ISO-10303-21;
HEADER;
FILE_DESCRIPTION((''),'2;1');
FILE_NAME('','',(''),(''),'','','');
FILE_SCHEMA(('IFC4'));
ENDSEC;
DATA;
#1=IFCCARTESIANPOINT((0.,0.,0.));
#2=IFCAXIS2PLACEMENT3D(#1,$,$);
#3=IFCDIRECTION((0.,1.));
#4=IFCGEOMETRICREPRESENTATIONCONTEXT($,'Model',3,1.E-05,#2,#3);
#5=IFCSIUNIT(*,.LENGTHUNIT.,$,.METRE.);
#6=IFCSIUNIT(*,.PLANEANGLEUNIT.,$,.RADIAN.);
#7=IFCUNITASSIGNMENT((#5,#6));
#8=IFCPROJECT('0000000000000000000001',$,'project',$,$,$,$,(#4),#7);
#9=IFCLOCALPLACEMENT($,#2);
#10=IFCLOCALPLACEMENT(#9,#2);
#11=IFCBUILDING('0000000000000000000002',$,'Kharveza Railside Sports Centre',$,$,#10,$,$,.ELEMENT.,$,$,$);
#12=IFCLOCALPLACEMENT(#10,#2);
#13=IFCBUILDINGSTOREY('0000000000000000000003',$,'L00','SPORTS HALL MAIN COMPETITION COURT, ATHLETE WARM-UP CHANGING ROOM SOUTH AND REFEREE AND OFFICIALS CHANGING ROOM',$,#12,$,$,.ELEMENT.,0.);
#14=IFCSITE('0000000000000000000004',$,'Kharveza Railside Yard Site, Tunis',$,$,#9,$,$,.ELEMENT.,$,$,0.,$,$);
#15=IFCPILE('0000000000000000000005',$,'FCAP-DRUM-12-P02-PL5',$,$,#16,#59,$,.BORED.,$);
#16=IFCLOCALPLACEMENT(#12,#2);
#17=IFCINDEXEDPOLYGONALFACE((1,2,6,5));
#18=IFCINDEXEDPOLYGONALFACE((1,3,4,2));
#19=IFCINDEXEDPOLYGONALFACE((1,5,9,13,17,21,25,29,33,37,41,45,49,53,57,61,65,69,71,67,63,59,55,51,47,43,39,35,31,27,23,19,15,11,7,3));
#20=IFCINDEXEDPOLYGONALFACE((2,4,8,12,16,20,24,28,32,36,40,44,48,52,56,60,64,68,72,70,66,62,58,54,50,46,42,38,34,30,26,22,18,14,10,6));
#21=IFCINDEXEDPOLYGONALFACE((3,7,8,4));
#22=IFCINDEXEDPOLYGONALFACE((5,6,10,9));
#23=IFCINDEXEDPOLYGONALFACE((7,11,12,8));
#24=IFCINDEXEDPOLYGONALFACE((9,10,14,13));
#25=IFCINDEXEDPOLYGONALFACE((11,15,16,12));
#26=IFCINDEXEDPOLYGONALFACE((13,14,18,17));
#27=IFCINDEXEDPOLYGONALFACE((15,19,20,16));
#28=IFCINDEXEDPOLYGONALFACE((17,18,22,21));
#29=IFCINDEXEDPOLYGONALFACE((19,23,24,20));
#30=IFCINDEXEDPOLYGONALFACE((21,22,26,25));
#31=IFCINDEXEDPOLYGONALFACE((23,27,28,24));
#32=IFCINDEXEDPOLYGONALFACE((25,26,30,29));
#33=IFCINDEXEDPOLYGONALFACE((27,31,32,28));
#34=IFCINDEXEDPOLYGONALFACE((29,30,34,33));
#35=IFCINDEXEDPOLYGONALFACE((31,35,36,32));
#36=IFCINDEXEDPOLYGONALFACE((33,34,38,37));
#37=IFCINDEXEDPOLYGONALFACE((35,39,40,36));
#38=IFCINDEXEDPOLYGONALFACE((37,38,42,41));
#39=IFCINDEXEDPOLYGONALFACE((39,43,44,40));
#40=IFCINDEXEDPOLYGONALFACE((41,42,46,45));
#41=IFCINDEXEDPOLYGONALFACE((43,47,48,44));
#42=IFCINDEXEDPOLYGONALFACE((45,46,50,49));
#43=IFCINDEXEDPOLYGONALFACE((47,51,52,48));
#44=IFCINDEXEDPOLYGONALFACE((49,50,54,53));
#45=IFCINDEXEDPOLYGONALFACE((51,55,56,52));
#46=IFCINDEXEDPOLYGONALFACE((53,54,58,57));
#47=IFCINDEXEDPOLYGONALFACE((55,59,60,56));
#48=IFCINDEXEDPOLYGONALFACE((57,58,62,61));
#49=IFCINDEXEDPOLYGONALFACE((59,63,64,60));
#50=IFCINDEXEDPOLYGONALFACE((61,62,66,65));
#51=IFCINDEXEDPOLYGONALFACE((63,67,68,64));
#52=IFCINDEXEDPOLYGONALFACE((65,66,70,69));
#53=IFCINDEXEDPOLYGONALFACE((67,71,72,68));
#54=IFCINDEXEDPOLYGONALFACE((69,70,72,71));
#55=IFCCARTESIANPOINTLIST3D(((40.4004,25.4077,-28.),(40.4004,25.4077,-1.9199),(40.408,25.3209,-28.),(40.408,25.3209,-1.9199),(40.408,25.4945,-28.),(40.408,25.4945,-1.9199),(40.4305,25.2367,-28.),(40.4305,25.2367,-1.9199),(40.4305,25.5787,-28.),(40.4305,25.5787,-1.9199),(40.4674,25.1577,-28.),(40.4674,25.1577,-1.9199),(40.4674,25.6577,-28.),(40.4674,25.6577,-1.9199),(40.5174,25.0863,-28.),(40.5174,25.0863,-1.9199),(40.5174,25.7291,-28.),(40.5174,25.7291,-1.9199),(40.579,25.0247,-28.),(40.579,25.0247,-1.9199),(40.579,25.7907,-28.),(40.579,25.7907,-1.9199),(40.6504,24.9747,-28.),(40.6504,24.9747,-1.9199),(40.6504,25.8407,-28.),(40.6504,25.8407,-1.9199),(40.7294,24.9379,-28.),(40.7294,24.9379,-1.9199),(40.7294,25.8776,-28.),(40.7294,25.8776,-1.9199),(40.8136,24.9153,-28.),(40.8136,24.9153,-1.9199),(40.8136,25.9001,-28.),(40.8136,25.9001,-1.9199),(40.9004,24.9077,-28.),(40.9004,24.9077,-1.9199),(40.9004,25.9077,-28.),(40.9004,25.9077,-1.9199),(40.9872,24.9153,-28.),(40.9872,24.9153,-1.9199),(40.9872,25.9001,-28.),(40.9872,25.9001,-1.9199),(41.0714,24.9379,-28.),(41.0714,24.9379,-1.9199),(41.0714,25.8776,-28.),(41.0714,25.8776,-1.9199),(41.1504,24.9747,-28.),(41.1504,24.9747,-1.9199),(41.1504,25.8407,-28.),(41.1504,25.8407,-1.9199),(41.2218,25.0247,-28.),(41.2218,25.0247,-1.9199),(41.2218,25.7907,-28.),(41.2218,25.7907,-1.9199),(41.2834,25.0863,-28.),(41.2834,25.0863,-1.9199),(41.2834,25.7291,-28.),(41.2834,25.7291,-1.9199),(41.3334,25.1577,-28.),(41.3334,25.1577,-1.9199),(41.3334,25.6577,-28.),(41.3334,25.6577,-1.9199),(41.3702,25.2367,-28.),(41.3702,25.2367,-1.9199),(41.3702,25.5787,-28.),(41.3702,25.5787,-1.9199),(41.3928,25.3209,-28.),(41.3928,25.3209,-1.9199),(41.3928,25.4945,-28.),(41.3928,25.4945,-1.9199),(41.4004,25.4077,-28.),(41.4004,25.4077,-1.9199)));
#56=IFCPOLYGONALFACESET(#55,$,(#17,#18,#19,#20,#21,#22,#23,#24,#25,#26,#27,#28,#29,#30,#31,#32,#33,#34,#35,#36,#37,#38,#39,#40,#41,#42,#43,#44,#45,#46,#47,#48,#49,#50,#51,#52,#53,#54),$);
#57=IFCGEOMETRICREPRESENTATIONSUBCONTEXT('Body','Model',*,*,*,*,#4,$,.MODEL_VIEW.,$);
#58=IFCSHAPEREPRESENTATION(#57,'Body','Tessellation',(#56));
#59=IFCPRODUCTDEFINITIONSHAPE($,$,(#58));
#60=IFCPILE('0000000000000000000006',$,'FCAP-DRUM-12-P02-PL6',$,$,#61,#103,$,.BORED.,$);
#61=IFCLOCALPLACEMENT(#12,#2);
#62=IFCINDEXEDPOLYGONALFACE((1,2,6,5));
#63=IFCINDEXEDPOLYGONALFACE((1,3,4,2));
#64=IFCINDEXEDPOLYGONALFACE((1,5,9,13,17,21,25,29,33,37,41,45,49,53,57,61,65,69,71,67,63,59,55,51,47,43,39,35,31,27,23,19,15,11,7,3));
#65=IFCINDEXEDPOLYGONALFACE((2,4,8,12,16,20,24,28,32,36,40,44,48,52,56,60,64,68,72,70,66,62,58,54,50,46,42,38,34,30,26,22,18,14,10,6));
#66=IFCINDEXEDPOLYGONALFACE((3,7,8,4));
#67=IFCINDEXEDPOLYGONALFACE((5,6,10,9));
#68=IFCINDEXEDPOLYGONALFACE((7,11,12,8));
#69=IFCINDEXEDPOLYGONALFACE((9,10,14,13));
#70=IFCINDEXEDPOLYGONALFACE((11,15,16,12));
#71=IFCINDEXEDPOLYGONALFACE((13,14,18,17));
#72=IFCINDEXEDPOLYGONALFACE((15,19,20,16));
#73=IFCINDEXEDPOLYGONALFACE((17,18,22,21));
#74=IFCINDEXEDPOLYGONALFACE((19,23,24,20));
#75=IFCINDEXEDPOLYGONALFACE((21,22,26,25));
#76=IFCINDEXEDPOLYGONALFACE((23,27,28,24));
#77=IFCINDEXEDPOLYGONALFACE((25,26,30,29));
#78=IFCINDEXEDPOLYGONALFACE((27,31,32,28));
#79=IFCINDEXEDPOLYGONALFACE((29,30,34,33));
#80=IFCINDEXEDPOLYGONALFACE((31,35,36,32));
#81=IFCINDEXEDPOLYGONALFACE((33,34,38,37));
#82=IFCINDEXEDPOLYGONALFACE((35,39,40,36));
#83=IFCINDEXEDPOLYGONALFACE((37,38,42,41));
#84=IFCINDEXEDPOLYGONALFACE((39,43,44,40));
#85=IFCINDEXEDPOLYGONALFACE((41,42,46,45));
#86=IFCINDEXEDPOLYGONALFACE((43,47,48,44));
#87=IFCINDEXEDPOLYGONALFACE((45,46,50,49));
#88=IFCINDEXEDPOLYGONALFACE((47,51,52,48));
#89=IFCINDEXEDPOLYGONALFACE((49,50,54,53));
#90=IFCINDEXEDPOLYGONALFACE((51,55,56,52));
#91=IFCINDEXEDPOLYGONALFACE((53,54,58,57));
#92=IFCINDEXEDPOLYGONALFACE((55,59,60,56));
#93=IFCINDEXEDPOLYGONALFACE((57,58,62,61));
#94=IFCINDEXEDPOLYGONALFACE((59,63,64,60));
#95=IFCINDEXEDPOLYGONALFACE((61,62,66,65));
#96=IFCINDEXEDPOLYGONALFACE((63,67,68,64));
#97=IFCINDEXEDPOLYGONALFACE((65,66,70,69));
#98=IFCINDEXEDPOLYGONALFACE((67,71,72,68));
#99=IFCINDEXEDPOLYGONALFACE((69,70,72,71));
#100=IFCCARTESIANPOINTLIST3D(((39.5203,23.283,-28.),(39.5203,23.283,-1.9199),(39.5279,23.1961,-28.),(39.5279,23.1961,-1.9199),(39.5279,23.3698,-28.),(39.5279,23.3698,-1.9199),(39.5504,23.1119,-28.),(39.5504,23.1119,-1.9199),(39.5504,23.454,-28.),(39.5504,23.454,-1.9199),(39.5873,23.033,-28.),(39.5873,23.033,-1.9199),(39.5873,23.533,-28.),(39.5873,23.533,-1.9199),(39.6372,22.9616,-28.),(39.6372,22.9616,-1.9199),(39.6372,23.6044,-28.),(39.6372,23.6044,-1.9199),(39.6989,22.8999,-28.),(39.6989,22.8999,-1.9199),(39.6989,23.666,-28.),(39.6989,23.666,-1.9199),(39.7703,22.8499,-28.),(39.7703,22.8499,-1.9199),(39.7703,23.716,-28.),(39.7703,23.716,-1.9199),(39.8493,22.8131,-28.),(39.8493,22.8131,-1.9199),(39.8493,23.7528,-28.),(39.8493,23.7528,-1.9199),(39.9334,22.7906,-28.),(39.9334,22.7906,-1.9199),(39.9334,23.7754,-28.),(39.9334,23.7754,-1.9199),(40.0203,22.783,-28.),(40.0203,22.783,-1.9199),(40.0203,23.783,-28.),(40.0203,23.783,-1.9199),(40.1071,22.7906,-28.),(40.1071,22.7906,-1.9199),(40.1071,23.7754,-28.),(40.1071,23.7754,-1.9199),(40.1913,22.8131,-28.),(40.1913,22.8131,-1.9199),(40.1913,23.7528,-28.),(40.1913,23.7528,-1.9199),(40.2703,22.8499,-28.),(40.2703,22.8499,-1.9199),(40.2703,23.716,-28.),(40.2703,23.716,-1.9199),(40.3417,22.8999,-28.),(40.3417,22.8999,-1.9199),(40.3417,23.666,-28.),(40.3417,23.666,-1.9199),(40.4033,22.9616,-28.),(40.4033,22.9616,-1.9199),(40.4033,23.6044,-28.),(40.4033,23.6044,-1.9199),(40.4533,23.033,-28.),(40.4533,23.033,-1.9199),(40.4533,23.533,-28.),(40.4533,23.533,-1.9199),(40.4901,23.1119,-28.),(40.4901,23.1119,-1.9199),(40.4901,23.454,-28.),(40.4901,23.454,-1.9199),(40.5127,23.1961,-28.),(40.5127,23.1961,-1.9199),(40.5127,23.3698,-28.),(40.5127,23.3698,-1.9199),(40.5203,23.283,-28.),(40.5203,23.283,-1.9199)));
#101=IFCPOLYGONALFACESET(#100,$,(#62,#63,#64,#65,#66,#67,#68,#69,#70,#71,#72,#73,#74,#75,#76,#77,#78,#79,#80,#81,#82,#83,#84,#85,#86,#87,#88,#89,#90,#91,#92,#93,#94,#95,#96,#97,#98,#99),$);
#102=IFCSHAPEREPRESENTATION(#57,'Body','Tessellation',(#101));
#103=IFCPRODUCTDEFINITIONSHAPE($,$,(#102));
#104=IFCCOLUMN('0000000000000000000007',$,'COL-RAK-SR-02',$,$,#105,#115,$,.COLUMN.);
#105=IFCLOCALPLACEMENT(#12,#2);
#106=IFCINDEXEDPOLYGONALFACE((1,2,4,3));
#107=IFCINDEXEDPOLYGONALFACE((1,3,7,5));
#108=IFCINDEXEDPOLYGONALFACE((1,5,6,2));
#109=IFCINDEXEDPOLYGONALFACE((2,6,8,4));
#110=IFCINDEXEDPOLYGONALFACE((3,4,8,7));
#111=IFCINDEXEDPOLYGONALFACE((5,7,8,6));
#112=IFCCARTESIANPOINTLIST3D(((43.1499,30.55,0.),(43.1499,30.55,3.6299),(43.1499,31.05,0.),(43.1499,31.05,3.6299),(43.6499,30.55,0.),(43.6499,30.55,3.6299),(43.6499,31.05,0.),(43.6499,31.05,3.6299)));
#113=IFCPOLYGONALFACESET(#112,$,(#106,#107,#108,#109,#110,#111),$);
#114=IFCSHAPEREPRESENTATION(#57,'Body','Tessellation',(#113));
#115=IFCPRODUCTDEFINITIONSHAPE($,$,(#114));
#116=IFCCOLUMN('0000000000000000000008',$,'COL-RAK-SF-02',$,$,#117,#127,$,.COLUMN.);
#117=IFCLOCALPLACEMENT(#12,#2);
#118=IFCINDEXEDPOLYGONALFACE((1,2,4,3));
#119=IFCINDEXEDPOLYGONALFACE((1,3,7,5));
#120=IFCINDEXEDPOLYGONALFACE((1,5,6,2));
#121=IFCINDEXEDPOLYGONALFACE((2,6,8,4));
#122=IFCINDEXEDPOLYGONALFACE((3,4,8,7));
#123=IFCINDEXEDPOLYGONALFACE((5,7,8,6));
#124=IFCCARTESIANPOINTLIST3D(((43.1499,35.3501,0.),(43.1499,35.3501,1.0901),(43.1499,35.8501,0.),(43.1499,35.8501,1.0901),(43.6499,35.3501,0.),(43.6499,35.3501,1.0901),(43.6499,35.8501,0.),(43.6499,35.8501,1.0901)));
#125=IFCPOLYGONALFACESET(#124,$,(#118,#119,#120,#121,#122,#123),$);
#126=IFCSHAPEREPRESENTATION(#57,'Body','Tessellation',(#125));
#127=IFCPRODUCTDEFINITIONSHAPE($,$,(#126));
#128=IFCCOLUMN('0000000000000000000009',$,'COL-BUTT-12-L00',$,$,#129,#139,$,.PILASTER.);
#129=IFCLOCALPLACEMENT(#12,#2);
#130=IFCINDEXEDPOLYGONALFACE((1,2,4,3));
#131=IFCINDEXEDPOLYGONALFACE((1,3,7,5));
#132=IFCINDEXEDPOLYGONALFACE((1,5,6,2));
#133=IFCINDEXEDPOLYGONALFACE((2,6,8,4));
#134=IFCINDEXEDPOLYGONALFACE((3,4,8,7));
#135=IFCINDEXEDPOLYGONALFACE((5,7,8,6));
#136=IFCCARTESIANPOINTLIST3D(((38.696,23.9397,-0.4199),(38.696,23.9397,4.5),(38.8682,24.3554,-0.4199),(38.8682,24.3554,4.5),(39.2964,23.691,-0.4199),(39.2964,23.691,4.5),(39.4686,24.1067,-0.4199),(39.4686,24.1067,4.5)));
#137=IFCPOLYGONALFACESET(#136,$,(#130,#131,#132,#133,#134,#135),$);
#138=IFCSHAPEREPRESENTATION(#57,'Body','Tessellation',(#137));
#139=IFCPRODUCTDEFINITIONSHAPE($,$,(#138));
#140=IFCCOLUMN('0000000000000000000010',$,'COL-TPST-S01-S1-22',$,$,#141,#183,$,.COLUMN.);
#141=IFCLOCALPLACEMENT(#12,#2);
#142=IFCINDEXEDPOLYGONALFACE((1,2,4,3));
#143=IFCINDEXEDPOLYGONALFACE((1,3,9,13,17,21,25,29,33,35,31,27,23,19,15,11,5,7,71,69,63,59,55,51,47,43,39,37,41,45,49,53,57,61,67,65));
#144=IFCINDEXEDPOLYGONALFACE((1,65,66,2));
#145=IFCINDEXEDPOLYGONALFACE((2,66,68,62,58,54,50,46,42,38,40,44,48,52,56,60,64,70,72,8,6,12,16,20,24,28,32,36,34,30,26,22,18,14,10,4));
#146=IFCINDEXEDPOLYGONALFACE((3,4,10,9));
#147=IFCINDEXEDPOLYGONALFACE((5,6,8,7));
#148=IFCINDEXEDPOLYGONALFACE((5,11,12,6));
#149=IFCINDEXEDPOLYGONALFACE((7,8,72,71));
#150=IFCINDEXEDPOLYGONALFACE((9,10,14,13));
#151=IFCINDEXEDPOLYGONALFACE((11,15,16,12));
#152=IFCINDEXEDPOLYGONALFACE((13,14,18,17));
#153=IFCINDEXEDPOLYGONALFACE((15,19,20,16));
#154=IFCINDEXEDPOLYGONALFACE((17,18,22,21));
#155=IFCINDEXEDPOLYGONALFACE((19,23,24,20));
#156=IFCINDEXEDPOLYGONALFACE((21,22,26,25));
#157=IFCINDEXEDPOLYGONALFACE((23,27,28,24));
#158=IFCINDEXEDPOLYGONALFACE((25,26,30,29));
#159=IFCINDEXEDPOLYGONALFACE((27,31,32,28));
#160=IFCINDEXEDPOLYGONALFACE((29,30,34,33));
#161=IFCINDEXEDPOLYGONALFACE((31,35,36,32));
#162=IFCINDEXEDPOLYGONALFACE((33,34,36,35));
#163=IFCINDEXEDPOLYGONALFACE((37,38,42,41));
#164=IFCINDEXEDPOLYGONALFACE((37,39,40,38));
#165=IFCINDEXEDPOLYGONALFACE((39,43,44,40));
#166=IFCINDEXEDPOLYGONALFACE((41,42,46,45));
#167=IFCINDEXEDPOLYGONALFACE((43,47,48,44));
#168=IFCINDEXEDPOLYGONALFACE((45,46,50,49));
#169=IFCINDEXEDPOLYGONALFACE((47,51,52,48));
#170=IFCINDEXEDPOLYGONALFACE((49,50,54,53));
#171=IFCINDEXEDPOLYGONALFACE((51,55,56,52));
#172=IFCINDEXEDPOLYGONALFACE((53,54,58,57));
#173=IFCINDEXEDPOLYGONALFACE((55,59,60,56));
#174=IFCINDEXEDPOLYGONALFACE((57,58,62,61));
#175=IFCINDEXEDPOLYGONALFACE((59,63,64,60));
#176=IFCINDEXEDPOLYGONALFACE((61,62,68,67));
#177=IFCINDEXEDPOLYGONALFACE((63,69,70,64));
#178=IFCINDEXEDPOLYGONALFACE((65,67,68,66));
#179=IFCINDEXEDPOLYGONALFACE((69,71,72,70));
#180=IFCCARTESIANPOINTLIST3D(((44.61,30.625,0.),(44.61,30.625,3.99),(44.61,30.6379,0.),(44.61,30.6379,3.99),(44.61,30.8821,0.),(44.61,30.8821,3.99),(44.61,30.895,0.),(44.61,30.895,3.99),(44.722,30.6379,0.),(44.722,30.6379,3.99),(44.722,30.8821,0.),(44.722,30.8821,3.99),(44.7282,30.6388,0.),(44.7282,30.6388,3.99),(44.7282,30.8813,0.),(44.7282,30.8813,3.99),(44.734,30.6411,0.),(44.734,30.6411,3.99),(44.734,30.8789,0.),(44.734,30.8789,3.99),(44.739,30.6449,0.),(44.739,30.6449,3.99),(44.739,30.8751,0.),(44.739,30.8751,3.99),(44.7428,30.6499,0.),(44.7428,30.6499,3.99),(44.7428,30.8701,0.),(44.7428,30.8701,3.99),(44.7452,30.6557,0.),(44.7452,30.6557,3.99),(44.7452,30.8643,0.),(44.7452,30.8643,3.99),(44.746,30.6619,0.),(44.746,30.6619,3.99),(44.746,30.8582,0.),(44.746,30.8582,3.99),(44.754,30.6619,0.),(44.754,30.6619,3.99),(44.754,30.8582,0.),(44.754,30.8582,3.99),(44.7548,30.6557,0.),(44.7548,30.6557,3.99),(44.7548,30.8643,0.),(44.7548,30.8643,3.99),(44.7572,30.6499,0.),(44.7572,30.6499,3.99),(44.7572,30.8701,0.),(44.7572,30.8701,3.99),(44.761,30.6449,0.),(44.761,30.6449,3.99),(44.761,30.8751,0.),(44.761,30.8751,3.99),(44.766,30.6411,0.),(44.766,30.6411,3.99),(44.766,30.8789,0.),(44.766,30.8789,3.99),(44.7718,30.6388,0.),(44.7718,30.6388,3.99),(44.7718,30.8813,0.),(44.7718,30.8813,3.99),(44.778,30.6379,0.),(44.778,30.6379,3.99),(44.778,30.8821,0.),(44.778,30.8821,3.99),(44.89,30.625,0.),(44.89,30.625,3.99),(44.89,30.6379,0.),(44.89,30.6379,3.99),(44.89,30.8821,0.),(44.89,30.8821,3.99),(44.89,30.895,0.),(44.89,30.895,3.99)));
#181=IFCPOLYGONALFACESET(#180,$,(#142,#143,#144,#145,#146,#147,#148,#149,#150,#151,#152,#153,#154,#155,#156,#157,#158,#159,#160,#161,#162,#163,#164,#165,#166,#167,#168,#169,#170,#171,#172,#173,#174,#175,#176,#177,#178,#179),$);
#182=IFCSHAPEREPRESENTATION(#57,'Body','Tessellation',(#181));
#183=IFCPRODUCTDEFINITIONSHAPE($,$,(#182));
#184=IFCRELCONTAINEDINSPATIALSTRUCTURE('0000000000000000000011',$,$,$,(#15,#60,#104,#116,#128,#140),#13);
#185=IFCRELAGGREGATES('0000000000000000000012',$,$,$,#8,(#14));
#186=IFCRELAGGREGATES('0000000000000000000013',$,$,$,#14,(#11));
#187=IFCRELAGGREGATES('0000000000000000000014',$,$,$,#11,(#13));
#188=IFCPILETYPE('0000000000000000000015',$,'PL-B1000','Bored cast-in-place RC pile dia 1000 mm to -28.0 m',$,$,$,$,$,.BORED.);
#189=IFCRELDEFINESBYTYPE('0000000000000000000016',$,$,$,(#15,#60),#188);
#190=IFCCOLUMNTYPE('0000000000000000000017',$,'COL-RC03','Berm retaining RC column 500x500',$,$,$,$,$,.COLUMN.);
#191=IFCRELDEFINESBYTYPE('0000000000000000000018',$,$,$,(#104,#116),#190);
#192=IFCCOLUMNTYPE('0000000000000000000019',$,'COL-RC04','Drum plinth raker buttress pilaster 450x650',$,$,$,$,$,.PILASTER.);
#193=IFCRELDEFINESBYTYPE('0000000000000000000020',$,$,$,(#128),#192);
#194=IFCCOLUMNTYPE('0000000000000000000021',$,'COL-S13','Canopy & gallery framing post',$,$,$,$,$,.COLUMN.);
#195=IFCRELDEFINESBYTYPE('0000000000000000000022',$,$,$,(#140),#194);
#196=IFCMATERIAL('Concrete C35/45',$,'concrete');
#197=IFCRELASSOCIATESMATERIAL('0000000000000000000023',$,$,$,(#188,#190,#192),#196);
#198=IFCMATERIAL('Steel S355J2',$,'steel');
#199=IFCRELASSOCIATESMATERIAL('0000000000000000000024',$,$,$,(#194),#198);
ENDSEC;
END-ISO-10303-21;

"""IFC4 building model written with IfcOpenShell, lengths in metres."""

from ifc_helpers import new_model, si_unit, direction, frame, origin, origin_2d, place, context, subcontext, project, spatial, rectangle, circle, i_section, extrude, material, material_profile, profile_set, type_object, element, save


model = new_model("IFC4")

# Units and contexts
model_context = context("Model", 3, precision=1e-05, world=origin(), true_north=direction((0.0, 1.0)))
body_context = subcontext(model_context, "Body", "Model", "MODEL_VIEW")
ifc_project = project(units=[si_unit("LENGTHUNIT", "METRE"), si_unit("PLANEANGLEUNIT", "RADIAN")], contexts=[model_context])

# Site, building, storey
site_placement = place(None, origin())
site = spatial("IfcSite", under=ifc_project, at=site_placement, Name="Kharveza Railside Yard Site, Tunis", CompositionType="ELEMENT", RefElevation=0.0)
building_placement = place(site_placement, origin())
building = spatial("IfcBuilding", under=site, at=building_placement, Name="Kharveza Railside Sports Centre", CompositionType="ELEMENT")
storey_placement = place(building_placement, origin())
storey = spatial("IfcBuildingStorey", under=building, at=storey_placement, Name="L00", Description="SPORTS HALL MAIN COMPETITION COURT, ATHLETE WARM-UP CHANGING ROOM SOUTH AND REFEREE AND OFFICIALS CHANGING ROOM", CompositionType="ELEMENT", Elevation=0.0)

# Shared definitions
ifc_material_1 = material(Name="Concrete C35/45", Category="concrete")

# Piles
ifc_material_profile_1 = material_profile(ifc_material_1, circle(Radius=0.5, at=origin_2d()), Name="PILE D1000")
ifc_profile_set_1 = profile_set([ifc_material_profile_1], Name="Concrete C35/45")
pile_type = type_object("IfcPileType", Name="PL-B1000", Description="Bored cast-in-place RC pile dia 1000 mm to -28.0 m", PredefinedType="BORED", material=ifc_profile_set_1)
for number, where, z_axis, x_axis, name in (
    (1, (40.9004, 25.4077, -1.9199), (0.0, 0.0, -1.0), (1.0, 0.0, 0.0), "FCAP-DRUM-12-P02-PL5"),
    (2, (40.0203, 23.283, -1.9199), (0.0, 0.0, -1.0), (1.0, 0.0, 0.0), "FCAP-DRUM-12-P02-PL6"),
):
    element("IfcPile", number, at=place(storey_placement, frame(where, z_axis=z_axis, x_axis=x_axis)), inside=storey, type_object=pile_type, Name=name, PredefinedType="BORED", context=body_context, shape_type="SweptSolid", body=[
        extrude(circle(Radius=0.5, at=origin_2d()), origin(), (0.0, 0.0, 1.0), 26.0801),
    ])

# Columns
ifc_material_profile_2 = material_profile(ifc_material_1, rectangle(XDim=0.5, YDim=0.5, at=origin_2d()), Name="RC 500x500")
ifc_profile_set_2 = profile_set([ifc_material_profile_2], Name="Concrete C35/45")
column_type_1 = type_object("IfcColumnType", Name="COL-RC03", Description="Berm retaining RC column 500x500", PredefinedType="COLUMN", material=ifc_profile_set_2)
column_1_placement = place(storey_placement, frame((43.3999, 30.8, 0.0), z_axis=(0.0, 0.0, 1.0), x_axis=(1.0, 0.0, 0.0)))
element("IfcColumn", 3, at=column_1_placement, inside=storey, type_object=column_type_1, Name="COL-RAK-SR-02", PredefinedType="COLUMN", context=body_context, shape_type="SweptSolid", body=[
    extrude(rectangle(XDim=0.5, YDim=0.5, at=origin_2d()), origin(), (0.0, 0.0, 1.0), 3.6299),
])
column_2_placement = place(storey_placement, frame((43.3999, 35.6001, 0.0), z_axis=(0.0, 0.0, 1.0), x_axis=(1.0, 0.0, 0.0)))
element("IfcColumn", 4, at=column_2_placement, inside=storey, type_object=column_type_1, Name="COL-RAK-SF-02", PredefinedType="COLUMN", context=body_context, shape_type="SweptSolid", body=[
    extrude(rectangle(XDim=0.5, YDim=0.5, at=origin_2d()), origin(), (0.0, 0.0, 1.0), 1.0901),
])
ifc_material_profile_3 = material_profile(ifc_material_1, rectangle(XDim=0.45, YDim=0.6499, at=origin_2d()), Name="RC 450x650")
ifc_profile_set_3 = profile_set([ifc_material_profile_3], Name="Concrete C35/45")
column_type_2 = type_object("IfcColumnType", Name="COL-RC04", Description="Drum plinth raker buttress pilaster 450x650", PredefinedType="PILASTER", material=ifc_profile_set_3)
column_3_placement = place(storey_placement, frame((39.0823, 24.0232, -0.4199), z_axis=(0.0, 0.0, 1.0), x_axis=(-0.382683, -0.92388, 0.0)))
element("IfcColumn", 5, at=column_3_placement, inside=storey, type_object=column_type_2, Name="COL-BUTT-12-L00", PredefinedType="PILASTER", context=body_context, shape_type="SweptSolid", body=[
    extrude(rectangle(XDim=0.45, YDim=0.6499, at=origin_2d()), origin(), (0.0, 0.0, 1.0), 4.9199),
])
ifc_material_2 = material(Name="Steel S355J2", Category="steel")
ifc_material_profile_4 = material_profile(ifc_material_2, i_section(OverallWidth=0.28, OverallDepth=0.27, WebThickness=0.0081, FlangeThickness=0.0129, FilletRadius=0.0239, at=origin_2d()), Name="HEA 280")
ifc_profile_set_4 = profile_set([ifc_material_profile_4], Name="Steel S355J2")
column_type_3 = type_object("IfcColumnType", Name="COL-S13", Description="Canopy & gallery framing post", PredefinedType="COLUMN", material=ifc_profile_set_4)
column_4_placement = place(storey_placement, frame((44.75, 30.76, 0.0), z_axis=(0.0, 0.0, 1.0), x_axis=(1.0, 0.0, 0.0)))
element("IfcColumn", 6, at=column_4_placement, inside=storey, type_object=column_type_3, Name="COL-TPST-S01-S1-22", PredefinedType="COLUMN", context=body_context, shape_type="SweptSolid", body=[
    extrude(i_section(OverallWidth=0.28, OverallDepth=0.27, WebThickness=0.0081, FlangeThickness=0.0129, FilletRadius=0.0239, at=origin_2d()), origin(), (0.0, 0.0, 1.0), 3.99),
])

save(model, "model.ifc")
